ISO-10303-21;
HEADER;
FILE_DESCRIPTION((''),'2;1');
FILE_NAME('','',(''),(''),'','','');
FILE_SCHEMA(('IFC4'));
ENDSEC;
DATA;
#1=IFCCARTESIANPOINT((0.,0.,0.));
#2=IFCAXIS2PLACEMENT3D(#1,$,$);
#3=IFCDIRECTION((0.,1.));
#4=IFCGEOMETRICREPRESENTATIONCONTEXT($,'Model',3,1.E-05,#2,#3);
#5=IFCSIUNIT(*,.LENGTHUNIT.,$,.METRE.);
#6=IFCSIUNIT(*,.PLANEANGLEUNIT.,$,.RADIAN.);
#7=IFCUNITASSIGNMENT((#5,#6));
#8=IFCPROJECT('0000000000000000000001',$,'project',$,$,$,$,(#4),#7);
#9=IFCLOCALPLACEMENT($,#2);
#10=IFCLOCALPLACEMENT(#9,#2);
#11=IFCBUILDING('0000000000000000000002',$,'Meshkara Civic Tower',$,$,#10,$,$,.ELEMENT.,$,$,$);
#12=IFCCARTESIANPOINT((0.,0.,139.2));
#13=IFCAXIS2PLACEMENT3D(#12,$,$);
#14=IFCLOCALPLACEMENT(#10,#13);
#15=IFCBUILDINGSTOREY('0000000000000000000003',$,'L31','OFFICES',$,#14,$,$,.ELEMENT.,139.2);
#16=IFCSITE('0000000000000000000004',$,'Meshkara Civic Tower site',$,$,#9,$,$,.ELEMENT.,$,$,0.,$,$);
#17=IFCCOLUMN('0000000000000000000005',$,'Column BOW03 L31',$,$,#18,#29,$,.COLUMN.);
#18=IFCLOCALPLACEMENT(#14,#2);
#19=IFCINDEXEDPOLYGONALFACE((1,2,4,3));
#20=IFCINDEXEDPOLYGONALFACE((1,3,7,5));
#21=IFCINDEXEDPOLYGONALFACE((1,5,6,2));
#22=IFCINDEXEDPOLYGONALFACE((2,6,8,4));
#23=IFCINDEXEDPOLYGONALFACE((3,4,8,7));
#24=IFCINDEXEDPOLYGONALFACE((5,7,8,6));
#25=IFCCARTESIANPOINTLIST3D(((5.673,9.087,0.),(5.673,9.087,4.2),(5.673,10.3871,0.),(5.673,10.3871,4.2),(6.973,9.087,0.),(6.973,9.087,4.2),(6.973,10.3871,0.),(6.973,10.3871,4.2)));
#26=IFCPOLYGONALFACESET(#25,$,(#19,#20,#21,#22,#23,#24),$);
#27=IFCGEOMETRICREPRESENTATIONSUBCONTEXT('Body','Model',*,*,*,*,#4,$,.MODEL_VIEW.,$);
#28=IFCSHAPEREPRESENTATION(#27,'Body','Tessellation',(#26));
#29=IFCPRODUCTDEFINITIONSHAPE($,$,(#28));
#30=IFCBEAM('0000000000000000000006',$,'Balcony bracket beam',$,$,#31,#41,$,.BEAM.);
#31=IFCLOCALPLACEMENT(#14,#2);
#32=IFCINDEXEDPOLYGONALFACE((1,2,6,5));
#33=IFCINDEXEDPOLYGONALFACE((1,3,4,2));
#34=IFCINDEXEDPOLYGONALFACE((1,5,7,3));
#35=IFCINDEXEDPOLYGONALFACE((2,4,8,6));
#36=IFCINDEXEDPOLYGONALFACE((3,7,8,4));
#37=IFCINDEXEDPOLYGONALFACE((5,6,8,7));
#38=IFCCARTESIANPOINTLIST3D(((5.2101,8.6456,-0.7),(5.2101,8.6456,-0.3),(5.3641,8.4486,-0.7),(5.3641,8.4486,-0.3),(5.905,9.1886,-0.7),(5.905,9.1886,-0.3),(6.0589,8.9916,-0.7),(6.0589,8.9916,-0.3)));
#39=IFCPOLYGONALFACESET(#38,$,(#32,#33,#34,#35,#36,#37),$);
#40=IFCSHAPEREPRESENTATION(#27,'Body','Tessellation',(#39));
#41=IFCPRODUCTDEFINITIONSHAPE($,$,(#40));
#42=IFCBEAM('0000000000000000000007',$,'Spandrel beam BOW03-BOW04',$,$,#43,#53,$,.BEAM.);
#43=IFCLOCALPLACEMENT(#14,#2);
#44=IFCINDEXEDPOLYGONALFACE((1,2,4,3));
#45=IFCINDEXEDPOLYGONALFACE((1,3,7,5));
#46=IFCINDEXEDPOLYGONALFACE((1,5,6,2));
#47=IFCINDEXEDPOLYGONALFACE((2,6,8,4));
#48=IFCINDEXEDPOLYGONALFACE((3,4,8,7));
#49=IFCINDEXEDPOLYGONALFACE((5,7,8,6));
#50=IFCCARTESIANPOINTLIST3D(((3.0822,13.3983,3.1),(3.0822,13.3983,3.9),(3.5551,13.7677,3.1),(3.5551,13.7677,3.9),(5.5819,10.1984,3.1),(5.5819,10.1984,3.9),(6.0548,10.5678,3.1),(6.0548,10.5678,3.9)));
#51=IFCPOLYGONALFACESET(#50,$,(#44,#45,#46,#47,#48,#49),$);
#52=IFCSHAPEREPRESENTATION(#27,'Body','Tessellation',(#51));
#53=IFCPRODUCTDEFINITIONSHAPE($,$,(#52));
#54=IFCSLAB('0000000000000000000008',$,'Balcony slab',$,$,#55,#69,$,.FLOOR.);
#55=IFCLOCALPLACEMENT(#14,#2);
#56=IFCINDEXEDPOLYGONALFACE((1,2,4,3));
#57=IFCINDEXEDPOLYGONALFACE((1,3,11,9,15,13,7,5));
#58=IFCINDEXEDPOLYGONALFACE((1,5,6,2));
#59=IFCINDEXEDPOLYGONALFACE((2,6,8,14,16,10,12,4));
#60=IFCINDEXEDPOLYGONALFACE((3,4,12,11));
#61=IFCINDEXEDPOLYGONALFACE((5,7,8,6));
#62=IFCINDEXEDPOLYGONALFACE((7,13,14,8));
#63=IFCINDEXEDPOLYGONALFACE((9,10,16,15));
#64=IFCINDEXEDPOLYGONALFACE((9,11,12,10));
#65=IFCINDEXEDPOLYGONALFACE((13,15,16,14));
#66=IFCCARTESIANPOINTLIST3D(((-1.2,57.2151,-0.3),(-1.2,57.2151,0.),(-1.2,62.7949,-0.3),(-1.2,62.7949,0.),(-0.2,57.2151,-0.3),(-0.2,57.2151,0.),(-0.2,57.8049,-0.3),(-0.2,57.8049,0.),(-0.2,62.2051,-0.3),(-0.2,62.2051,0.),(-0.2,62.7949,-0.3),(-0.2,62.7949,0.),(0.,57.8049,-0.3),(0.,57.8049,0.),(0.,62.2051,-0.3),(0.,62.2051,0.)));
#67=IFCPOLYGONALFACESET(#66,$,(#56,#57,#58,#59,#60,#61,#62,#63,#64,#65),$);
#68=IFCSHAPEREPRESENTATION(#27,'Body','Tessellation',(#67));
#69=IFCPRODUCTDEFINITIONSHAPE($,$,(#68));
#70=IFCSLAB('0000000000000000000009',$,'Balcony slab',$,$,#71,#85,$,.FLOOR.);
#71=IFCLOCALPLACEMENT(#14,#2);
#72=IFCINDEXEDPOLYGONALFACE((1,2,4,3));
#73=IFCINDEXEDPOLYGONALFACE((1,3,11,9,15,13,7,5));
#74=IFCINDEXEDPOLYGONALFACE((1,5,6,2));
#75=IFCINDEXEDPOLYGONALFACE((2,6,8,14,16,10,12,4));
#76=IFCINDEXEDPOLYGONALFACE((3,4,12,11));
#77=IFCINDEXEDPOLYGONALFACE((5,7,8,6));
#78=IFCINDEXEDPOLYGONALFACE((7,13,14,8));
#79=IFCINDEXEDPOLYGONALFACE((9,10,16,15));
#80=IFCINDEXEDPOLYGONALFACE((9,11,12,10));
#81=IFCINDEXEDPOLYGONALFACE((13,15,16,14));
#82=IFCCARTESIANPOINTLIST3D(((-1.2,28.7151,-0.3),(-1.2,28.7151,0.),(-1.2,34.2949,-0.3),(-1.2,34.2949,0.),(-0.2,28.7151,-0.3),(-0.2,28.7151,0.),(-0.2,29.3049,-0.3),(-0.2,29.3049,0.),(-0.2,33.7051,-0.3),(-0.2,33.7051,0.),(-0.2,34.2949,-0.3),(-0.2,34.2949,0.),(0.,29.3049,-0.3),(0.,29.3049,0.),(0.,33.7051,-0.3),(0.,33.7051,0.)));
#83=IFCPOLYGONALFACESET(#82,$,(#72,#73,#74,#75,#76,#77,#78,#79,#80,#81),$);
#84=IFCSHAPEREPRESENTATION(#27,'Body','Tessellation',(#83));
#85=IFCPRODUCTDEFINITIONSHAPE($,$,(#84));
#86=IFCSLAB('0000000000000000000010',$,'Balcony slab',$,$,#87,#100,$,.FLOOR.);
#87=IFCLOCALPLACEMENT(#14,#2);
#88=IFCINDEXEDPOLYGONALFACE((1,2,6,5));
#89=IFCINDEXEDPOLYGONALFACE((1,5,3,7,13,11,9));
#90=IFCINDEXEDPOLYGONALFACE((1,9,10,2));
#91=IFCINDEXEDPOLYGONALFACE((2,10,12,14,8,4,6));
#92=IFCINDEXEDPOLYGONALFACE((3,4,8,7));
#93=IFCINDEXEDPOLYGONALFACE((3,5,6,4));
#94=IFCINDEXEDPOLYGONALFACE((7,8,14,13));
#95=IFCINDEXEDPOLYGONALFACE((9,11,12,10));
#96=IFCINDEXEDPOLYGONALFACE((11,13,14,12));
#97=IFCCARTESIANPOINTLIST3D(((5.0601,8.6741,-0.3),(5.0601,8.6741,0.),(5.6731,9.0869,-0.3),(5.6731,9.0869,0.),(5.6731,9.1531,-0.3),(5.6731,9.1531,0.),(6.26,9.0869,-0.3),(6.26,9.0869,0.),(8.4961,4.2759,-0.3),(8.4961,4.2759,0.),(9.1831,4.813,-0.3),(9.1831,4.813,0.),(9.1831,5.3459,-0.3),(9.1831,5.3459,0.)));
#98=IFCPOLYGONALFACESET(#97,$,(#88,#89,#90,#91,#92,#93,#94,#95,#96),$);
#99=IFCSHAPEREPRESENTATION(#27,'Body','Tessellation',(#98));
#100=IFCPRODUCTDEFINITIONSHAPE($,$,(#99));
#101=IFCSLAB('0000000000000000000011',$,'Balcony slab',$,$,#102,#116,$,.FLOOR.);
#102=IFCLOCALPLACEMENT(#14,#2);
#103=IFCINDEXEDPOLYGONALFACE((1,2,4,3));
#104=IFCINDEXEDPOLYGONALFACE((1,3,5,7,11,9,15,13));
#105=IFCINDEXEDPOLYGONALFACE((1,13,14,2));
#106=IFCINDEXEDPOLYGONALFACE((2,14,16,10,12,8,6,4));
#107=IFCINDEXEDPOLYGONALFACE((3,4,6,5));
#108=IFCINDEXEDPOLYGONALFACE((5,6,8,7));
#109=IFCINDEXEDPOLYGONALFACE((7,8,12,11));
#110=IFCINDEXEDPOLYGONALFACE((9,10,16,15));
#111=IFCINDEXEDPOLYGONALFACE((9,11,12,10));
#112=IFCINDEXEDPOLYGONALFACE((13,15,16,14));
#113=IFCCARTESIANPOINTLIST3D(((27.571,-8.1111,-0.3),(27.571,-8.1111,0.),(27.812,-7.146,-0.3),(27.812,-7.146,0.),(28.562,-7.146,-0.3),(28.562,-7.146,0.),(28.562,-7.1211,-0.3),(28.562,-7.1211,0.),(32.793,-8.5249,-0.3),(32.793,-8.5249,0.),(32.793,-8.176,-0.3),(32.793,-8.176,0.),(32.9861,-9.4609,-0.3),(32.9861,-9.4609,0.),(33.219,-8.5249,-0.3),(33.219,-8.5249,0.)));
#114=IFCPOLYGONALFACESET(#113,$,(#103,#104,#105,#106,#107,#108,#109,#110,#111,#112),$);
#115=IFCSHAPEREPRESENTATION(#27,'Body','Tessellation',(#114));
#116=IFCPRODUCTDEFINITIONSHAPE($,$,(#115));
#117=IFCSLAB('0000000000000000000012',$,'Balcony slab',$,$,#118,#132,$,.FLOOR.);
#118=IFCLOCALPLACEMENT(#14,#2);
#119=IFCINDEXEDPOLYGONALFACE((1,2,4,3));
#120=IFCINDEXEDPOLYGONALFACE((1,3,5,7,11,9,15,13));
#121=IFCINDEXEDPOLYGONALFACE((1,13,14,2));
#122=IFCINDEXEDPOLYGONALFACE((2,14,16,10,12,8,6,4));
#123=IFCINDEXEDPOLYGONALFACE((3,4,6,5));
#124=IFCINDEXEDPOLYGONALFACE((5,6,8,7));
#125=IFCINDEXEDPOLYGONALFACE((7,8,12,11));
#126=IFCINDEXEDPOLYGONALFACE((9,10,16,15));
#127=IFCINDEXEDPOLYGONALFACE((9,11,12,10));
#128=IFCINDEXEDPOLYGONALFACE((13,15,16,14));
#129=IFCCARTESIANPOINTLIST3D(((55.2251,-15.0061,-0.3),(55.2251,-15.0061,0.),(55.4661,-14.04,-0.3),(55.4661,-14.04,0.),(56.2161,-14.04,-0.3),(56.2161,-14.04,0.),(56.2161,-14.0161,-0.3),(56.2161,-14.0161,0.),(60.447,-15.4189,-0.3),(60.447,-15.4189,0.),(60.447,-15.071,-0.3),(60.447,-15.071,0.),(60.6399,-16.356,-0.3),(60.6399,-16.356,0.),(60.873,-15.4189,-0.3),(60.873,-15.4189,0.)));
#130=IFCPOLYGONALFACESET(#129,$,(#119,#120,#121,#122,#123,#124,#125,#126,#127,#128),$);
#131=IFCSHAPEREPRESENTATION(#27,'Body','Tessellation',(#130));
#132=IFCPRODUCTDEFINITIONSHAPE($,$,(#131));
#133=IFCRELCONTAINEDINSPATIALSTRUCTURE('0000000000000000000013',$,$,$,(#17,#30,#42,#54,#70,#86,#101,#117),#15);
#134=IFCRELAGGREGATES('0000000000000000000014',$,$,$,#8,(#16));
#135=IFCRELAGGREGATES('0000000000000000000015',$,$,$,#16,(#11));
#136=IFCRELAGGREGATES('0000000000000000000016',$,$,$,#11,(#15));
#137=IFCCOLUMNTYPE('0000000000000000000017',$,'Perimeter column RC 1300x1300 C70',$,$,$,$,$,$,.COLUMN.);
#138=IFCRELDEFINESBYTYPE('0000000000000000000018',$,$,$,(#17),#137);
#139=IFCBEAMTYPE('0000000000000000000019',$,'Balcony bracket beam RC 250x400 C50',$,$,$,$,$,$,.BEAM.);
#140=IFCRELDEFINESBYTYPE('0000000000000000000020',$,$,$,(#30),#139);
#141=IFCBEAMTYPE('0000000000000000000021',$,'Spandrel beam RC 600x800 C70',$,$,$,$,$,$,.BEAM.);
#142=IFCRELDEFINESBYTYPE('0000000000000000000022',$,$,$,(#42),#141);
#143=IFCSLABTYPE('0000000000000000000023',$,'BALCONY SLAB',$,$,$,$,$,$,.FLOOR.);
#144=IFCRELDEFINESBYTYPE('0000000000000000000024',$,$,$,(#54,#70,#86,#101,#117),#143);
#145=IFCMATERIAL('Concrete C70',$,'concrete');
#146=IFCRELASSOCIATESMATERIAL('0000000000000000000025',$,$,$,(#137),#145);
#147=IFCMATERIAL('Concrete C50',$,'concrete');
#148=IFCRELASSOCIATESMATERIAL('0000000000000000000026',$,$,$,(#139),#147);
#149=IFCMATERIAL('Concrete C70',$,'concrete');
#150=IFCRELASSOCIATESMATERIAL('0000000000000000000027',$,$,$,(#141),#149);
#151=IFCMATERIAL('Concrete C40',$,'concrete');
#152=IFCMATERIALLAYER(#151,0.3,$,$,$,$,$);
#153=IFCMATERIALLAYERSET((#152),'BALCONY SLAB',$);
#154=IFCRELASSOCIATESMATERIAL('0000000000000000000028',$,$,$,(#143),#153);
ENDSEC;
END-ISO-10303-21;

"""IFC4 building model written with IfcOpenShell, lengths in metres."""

from ifc_helpers import new_model, si_unit, direction, frame, origin, origin_2d, place, context, subcontext, project, spatial, polyline, rectangle, outline, extrude, material, layer, layer_set, material_profile, profile_set, type_object, element, save


model = new_model("IFC4")

# Units and contexts
model_context = context("Model", 3, precision=1e-05, world=origin(), true_north=direction((0.0, 1.0)))
body_context = subcontext(model_context, "Body", "Model", "MODEL_VIEW")
ifc_project = project(units=[si_unit("LENGTHUNIT", "METRE"), si_unit("PLANEANGLEUNIT", "RADIAN")], contexts=[model_context])

# Site, building, storey
site_placement = place(None, origin())
site = spatial("IfcSite", under=ifc_project, at=site_placement, Name="Meshkara Civic Tower site", CompositionType="ELEMENT", RefElevation=0.0)
building_placement = place(site_placement, origin())
building = spatial("IfcBuilding", under=site, at=building_placement, Name="Meshkara Civic Tower", CompositionType="ELEMENT")
storey_placement = place(building_placement, frame((0.0, 0.0, 139.2)))
storey = spatial("IfcBuildingStorey", under=building, at=storey_placement, Name="L31", Description="OFFICES", CompositionType="ELEMENT", Elevation=139.2)

# Column
ifc_material_1 = material(Name="Concrete C70", Category="concrete")
ifc_material_profile_1 = material_profile(ifc_material_1, rectangle(XDim=1.3, YDim=1.3, at=origin_2d()))
ifc_profile_set_1 = profile_set([ifc_material_profile_1], Name="Concrete C70")
column_type = type_object("IfcColumnType", Name="Perimeter column RC 1300x1300 C70", PredefinedType="COLUMN", material=ifc_profile_set_1)
column_placement = place(storey_placement, frame((6.323, 9.7371, 0.0), z_axis=(0.0, 0.0, 1.0), x_axis=(1.0, 0.0, 0.0)))
element("IfcColumn", 1, at=column_placement, inside=storey, type_object=column_type, Name="Column BOW03 L31", PredefinedType="COLUMN", context=body_context, shape_type="SweptSolid", body=[
    extrude(rectangle(XDim=1.3, YDim=1.3, at=origin_2d()), origin(), (0.0, 0.0, 1.0), 4.2),
])

# Beams
ifc_material_2 = material(Name="Concrete C50", Category="concrete")
ifc_material_profile_2 = material_profile(ifc_material_2, rectangle(XDim=0.25, YDim=0.3999, at=origin_2d()))
ifc_profile_set_2 = profile_set([ifc_material_profile_2], Name="Concrete C50")
beam_type_1 = type_object("IfcBeamType", Name="Balcony bracket beam RC 250x400 C50", PredefinedType="BEAM", material=ifc_profile_set_2)
beam_1_placement = place(storey_placement, frame((5.9819, 9.0901, -0.5), z_axis=(-0.787949, -0.615741, 0.0), x_axis=(0.615741, -0.787949, 0.0)))
element("IfcBeam", 2, at=beam_1_placement, inside=storey, type_object=beam_type_1, Name="Balcony bracket beam", PredefinedType="BEAM", context=body_context, shape_type="SweptSolid", body=[
    extrude(rectangle(XDim=0.25, YDim=0.3999, at=origin_2d()), origin(), (0.0, 0.0, 1.0), 0.8818),
])
ifc_material_3 = material(Name="Concrete C70", Category="concrete")
ifc_material_profile_3 = material_profile(ifc_material_3, rectangle(XDim=0.6001, YDim=0.8, at=origin_2d()))
ifc_profile_set_3 = profile_set([ifc_material_profile_3], Name="Concrete C70")
beam_type_2 = type_object("IfcBeamType", Name="Spandrel beam RC 600x800 C70", PredefinedType="BEAM", material=ifc_profile_set_3)
beam_2_placement = place(storey_placement, frame((3.3186, 13.583, 3.5), z_axis=(0.615613, -0.788049, 0.0), x_axis=(0.788049, 0.615613, 0.0)))
element("IfcBeam", 3, at=beam_2_placement, inside=storey, type_object=beam_type_2, Name="Spandrel beam BOW03-BOW04", PredefinedType="BEAM", context=body_context, shape_type="SweptSolid", body=[
    extrude(rectangle(XDim=0.6001, YDim=0.8, at=origin_2d()), origin(), (0.0, 0.0, 1.0), 4.0605),
])

# Slabs
ifc_material_4 = material(Name="Concrete C40", Category="concrete")
ifc_layer_1 = layer(ifc_material_4, 0.3)
ifc_layer_set_1 = layer_set([ifc_layer_1], Name="BALCONY SLAB")
slab_type_1 = type_object("IfcSlabType", Name="BALCONY SLAB", PredefinedType="FLOOR", material=ifc_layer_set_1)
slab_1_placement = place(storey_placement, frame((0.0, 0.0, -0.3)))
element("IfcSlab", 4, at=slab_1_placement, inside=storey, type_object=slab_type_1, Name="Balcony slab", PredefinedType="FLOOR", context=body_context, shape_type="SweptSolid", body=[
    extrude(outline(polyline([(-1.2, 57.2151), (-1.2, 62.7949), (-0.2, 62.7949), (-0.2, 62.2051), (0.0, 62.2051), (0.0, 57.8049), (-0.2, 57.8049), (-0.2, 57.2151), (-1.2, 57.2151)])), origin(), (0.0, 0.0, 1.0), 0.3),
])
slab_2_placement = place(storey_placement, frame((0.0, 0.0, -0.3)))
element("IfcSlab", 5, at=slab_2_placement, inside=storey, type_object=slab_type_1, Name="Balcony slab", PredefinedType="FLOOR", context=body_context, shape_type="SweptSolid", body=[
    extrude(outline(polyline([(-1.2, 28.7151), (-1.2, 34.2949), (-0.2, 34.2949), (-0.2, 33.7051), (0.0, 33.7051), (0.0, 29.3049), (-0.2, 29.3049), (-0.2, 28.7151), (-1.2, 28.7151)])), origin(), (0.0, 0.0, 1.0), 0.3),
])
slab_3_placement = place(storey_placement, frame((0.0, 0.0, -0.3)))
element("IfcSlab", 6, at=slab_3_placement, inside=storey, type_object=slab_type_1, Name="Balcony slab", PredefinedType="FLOOR", context=body_context, shape_type="SweptSolid", body=[
    extrude(outline(polyline([(8.4961, 4.2759), (5.0601, 8.6741), (5.6731, 9.1531), (5.6731, 9.0869), (6.26, 9.0869), (9.1831, 5.3459), (9.1831, 4.813), (8.4961, 4.2759)])), origin(), (0.0, 0.0, 1.0), 0.3),
])
slab_4_placement = place(storey_placement, frame((0.0, 0.0, -0.3)))
element("IfcSlab", 7, at=slab_4_placement, inside=storey, type_object=slab_type_1, Name="Balcony slab", PredefinedType="FLOOR", context=body_context, shape_type="SweptSolid", body=[
    extrude(outline(polyline([(32.9861, -9.4609), (27.571, -8.1111), (27.812, -7.146), (28.562, -7.146), (28.562, -7.1211), (32.793, -8.176), (32.793, -8.5249), (33.219, -8.5249), (32.9861, -9.4609)])), origin(), (0.0, 0.0, 1.0), 0.3),
])
slab_5_placement = place(storey_placement, frame((0.0, 0.0, -0.3)))
element("IfcSlab", 8, at=slab_5_placement, inside=storey, type_object=slab_type_1, Name="Balcony slab", PredefinedType="FLOOR", context=body_context, shape_type="SweptSolid", body=[
    extrude(outline(polyline([(60.6399, -16.356), (55.2251, -15.0061), (55.4661, -14.04), (56.2161, -14.04), (56.2161, -14.0161), (60.447, -15.071), (60.447, -15.4189), (60.873, -15.4189), (60.6399, -16.356)])), origin(), (0.0, 0.0, 1.0), 0.3),
])

save(model, "model.ifc")
